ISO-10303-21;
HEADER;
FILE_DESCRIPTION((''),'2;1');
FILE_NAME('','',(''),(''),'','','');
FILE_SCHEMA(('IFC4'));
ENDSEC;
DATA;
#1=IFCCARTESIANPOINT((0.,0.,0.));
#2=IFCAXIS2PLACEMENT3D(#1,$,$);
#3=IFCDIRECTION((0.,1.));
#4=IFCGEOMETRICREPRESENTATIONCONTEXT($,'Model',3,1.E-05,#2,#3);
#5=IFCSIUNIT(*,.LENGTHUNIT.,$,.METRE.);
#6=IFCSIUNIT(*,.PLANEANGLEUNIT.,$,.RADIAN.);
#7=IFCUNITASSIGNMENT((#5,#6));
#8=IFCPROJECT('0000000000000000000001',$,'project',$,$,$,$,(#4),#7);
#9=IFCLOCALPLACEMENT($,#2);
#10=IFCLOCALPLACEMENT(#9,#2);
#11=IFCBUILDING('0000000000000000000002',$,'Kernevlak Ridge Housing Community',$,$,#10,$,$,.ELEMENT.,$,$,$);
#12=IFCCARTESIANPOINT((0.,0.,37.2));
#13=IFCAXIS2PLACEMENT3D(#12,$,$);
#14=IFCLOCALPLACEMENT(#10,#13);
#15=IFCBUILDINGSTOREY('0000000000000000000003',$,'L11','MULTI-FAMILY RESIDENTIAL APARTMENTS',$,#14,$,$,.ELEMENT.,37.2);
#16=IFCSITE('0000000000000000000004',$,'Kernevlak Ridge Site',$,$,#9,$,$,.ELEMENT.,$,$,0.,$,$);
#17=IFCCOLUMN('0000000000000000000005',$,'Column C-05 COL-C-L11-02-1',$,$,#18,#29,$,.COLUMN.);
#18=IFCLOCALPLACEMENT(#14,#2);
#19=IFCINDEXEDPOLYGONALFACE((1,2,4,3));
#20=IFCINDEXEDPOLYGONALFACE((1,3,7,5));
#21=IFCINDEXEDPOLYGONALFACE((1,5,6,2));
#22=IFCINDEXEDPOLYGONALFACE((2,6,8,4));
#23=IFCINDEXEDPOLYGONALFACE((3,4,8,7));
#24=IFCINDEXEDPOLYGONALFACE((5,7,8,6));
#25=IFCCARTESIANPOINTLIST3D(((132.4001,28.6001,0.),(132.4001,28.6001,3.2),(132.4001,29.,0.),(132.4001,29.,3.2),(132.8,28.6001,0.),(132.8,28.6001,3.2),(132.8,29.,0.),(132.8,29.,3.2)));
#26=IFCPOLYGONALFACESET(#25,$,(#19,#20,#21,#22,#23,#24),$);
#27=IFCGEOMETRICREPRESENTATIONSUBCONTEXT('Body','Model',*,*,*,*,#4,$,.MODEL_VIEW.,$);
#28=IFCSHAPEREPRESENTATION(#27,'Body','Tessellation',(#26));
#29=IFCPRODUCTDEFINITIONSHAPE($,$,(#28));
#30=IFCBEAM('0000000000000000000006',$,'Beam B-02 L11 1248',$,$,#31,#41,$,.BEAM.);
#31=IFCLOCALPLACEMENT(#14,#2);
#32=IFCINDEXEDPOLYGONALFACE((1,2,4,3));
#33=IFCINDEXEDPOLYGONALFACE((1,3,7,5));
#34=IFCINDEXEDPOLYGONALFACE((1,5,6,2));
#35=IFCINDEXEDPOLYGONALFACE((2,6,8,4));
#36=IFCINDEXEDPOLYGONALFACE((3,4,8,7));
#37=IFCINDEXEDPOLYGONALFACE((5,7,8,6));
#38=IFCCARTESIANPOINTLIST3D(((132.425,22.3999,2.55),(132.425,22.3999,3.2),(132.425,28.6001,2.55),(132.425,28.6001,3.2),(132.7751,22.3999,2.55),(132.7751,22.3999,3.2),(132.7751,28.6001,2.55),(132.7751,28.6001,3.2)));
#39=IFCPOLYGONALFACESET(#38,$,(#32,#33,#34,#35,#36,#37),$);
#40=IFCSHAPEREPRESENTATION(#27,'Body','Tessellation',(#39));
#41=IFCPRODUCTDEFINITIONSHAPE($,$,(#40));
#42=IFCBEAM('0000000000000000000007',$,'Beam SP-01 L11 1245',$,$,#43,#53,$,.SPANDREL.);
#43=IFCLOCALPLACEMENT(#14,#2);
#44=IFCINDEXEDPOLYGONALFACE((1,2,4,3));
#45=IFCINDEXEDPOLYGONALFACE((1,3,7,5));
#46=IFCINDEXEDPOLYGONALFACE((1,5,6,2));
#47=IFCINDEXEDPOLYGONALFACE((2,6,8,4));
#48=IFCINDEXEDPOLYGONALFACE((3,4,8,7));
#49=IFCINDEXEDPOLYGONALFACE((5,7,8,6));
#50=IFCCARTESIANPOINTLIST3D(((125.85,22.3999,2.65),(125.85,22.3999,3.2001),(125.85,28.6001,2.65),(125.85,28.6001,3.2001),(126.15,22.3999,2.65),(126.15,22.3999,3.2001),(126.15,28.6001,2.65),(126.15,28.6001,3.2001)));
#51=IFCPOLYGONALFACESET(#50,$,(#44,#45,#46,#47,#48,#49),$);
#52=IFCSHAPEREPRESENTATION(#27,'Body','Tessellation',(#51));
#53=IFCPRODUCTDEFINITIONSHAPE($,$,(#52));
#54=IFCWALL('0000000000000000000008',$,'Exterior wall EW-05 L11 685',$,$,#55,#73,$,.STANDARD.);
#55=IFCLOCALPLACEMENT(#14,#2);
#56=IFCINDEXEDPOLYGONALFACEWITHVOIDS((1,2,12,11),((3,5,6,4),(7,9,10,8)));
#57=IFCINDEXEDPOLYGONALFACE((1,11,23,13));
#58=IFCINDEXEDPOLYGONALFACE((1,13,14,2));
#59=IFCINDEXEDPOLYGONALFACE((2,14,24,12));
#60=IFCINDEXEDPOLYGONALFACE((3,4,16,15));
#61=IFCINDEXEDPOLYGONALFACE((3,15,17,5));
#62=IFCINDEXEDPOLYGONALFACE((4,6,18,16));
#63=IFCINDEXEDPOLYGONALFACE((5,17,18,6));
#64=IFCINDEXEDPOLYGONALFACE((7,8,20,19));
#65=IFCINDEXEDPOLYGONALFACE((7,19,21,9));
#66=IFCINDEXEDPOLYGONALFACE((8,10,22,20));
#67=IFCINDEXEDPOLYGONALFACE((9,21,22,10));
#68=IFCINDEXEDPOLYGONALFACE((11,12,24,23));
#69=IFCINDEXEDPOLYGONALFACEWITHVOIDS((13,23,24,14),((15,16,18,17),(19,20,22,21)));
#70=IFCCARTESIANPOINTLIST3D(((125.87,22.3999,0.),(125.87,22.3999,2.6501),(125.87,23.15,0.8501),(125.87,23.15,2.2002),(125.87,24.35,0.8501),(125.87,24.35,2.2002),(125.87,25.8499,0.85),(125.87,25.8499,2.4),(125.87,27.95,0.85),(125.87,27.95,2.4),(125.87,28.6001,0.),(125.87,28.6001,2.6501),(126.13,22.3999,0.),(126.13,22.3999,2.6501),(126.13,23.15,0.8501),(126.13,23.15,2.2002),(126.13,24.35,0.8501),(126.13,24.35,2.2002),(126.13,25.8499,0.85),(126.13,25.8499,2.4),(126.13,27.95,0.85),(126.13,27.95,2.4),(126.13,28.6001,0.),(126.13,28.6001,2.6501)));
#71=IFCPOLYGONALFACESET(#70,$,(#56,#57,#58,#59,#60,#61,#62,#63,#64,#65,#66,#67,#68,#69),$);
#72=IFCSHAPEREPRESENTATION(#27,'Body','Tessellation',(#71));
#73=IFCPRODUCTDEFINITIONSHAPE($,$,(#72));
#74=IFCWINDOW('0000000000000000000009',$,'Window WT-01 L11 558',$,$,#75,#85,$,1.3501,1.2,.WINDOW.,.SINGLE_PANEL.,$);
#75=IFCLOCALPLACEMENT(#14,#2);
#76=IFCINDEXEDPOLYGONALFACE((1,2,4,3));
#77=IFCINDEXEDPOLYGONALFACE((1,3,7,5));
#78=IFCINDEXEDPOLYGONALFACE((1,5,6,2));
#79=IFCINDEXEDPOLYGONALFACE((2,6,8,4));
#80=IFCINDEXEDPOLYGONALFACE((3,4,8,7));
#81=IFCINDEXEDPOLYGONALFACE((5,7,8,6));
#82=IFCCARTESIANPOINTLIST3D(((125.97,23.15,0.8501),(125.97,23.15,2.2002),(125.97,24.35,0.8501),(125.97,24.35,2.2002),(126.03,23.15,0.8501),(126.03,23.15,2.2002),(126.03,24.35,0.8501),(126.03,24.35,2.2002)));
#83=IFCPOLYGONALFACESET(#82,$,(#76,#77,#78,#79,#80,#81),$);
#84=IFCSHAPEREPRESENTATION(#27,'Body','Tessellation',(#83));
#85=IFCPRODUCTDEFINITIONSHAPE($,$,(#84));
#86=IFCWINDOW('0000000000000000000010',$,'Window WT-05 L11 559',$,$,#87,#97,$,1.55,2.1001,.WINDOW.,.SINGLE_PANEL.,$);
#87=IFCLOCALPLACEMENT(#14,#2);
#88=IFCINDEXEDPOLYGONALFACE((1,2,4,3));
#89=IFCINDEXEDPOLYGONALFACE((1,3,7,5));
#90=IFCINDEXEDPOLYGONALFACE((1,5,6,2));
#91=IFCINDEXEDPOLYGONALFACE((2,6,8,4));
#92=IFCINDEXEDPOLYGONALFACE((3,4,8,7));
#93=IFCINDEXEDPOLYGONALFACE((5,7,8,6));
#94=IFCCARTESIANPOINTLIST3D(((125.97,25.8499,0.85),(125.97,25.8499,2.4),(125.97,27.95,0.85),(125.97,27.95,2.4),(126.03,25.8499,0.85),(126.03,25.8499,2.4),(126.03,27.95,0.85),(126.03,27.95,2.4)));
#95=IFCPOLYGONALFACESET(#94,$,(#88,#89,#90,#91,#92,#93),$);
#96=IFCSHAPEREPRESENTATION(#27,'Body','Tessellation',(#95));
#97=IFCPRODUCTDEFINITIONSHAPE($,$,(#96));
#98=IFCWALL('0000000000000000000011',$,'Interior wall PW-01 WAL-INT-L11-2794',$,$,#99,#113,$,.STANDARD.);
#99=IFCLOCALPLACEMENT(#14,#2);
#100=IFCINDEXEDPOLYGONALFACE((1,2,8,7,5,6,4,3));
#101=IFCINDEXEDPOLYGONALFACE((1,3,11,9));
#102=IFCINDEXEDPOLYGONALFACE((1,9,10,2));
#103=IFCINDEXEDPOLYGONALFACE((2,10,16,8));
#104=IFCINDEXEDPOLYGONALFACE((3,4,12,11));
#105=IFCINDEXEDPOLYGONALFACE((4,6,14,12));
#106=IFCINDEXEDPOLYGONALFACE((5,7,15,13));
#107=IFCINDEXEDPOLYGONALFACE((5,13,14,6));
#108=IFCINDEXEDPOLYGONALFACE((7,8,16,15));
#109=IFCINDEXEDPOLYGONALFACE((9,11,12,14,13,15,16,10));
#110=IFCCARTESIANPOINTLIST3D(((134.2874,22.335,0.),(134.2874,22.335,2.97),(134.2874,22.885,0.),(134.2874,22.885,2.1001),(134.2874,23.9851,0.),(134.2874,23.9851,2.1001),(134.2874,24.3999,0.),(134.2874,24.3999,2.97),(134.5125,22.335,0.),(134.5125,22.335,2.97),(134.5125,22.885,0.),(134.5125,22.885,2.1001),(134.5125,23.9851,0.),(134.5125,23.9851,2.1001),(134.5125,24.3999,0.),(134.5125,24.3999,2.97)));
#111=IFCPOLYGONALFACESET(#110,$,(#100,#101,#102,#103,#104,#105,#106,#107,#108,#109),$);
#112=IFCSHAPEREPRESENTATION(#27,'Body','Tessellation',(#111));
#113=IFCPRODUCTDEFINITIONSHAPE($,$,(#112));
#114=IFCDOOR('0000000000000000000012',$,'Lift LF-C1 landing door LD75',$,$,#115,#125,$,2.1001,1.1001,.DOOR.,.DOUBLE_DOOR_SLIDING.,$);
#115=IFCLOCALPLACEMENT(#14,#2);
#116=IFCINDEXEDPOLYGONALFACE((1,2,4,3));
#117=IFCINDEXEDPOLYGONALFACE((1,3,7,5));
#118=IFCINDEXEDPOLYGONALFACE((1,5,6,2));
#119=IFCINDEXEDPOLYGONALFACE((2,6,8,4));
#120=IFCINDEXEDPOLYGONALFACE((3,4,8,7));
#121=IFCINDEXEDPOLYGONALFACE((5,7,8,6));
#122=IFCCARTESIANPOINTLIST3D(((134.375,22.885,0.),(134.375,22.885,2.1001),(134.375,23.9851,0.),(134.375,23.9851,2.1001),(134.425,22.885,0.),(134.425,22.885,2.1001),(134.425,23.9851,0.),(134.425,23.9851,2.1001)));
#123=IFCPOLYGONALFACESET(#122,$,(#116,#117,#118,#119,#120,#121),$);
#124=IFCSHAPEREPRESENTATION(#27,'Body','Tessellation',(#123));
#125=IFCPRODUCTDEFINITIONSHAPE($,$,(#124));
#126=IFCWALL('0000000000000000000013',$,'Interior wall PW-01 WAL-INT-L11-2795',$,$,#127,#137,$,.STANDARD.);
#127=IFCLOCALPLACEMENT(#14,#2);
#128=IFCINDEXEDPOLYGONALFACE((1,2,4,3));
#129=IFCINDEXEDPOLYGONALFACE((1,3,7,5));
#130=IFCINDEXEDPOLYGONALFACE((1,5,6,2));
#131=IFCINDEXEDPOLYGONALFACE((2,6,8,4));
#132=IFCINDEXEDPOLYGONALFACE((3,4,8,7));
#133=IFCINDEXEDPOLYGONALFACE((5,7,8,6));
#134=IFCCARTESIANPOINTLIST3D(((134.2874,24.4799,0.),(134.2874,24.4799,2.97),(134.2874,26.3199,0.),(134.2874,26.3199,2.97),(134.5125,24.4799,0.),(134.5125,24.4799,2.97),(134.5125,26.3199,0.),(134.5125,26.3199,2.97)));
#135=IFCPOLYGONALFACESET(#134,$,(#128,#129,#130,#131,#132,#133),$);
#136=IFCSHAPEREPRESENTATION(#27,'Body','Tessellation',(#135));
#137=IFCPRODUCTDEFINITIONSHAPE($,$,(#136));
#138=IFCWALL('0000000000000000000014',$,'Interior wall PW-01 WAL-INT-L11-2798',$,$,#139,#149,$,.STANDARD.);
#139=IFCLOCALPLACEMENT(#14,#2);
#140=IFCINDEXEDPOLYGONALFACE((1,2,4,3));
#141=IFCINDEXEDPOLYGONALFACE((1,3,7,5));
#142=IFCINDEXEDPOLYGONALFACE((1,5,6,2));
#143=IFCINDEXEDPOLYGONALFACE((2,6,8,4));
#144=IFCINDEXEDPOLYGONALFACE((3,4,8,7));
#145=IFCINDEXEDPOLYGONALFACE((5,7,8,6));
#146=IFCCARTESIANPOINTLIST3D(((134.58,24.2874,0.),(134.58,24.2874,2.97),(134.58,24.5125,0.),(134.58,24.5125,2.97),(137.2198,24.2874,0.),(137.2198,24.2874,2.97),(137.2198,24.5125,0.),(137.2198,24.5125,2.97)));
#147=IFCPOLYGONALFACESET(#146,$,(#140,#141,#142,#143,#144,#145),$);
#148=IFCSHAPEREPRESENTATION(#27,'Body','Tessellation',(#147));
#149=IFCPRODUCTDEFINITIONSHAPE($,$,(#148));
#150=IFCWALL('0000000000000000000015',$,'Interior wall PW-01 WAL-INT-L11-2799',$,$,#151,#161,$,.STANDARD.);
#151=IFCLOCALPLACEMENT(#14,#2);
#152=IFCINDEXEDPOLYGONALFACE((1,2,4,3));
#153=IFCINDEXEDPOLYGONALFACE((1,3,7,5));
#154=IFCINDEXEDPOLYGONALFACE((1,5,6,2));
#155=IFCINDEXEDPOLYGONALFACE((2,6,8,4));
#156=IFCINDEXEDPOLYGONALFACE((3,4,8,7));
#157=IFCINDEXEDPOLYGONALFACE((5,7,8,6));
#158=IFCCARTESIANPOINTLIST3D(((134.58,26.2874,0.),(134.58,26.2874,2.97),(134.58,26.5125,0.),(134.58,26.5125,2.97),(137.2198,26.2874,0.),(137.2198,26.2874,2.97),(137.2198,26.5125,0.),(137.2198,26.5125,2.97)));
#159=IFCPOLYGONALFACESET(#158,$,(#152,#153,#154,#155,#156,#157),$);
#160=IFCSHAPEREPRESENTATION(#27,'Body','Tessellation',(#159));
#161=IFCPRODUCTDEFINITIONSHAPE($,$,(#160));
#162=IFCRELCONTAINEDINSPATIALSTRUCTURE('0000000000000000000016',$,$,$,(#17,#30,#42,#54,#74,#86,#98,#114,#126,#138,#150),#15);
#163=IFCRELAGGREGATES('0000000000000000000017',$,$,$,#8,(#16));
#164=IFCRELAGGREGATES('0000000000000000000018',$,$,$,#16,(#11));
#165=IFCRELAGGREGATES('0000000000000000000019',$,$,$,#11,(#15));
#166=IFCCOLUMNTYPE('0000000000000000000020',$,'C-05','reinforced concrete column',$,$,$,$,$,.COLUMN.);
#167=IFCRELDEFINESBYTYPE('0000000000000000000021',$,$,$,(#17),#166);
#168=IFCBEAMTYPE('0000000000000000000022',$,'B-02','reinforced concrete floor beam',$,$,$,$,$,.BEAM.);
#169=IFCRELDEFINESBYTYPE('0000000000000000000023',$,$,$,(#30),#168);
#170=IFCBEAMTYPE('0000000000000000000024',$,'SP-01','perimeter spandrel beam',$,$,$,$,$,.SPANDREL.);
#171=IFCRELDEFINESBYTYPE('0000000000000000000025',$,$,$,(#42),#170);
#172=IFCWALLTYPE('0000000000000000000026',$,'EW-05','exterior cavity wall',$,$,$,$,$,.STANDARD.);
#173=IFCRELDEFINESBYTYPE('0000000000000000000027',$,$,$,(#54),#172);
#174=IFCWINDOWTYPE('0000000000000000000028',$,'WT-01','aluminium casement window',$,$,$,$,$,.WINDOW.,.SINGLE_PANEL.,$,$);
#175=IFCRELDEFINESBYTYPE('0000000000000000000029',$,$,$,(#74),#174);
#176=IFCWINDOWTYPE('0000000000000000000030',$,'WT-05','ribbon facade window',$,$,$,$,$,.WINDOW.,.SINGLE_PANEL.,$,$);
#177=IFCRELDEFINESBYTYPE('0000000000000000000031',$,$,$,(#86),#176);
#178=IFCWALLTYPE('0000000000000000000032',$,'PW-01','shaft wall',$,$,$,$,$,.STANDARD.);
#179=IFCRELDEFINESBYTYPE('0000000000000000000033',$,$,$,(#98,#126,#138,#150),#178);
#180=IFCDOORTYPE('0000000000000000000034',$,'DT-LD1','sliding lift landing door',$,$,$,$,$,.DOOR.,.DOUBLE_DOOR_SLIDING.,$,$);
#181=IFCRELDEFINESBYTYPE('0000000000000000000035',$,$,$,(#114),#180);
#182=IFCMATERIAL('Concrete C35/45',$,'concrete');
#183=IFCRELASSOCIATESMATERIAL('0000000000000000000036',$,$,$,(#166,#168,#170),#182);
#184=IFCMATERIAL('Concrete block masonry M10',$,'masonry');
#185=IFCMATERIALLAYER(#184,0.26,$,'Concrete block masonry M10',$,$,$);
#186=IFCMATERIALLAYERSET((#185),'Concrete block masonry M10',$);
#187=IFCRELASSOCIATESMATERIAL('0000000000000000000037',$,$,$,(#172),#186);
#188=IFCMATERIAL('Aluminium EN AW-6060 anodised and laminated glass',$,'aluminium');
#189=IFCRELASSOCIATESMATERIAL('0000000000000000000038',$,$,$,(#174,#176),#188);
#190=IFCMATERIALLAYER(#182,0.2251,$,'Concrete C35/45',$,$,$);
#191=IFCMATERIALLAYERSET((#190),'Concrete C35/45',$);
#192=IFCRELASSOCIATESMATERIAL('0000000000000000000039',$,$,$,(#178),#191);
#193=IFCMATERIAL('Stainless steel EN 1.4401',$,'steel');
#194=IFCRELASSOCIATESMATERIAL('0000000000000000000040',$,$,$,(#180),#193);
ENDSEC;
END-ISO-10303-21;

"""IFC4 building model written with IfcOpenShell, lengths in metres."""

from ifc_helpers import new_model, si_unit, direction, frame, frame_2d, origin, origin_2d, place, context, subcontext, project, spatial, rectangle, extrude, material, layer, layer_set, material_profile, profile_set, type_object, element, fill, save


model = new_model("IFC4")

# Units and contexts
model_context = context("Model", 3, precision=1e-05, world=origin(), true_north=direction((0.0, 1.0)))
body_context = subcontext(model_context, "Body", "Model", "MODEL_VIEW")
ifc_project = project(units=[si_unit("LENGTHUNIT", "METRE"), si_unit("PLANEANGLEUNIT", "RADIAN")], contexts=[model_context])

# Site, building, storey
site_placement = place(None, origin())
site = spatial("IfcSite", under=ifc_project, at=site_placement, Name="Kernevlak Ridge Site", CompositionType="ELEMENT", RefElevation=0.0)
building_placement = place(site_placement, origin())
building = spatial("IfcBuilding", under=site, at=building_placement, Name="Kernevlak Ridge Housing Community", CompositionType="ELEMENT")
storey_placement = place(building_placement, frame((0.0, 0.0, 37.2)))
storey = spatial("IfcBuildingStorey", under=building, at=storey_placement, Name="L11", Description="MULTI-FAMILY RESIDENTIAL APARTMENTS", CompositionType="ELEMENT", Elevation=37.2)

# Column
ifc_material_1 = material(Name="Concrete C35/45", Category="concrete")
ifc_material_profile_1 = material_profile(ifc_material_1, rectangle(XDim=0.3999, YDim=0.3999, at=origin_2d()), Name="RC 400x400")
ifc_profile_set_1 = profile_set([ifc_material_profile_1], Name="Concrete C35/45")
column_type = type_object("IfcColumnType", Name="C-05", Description="reinforced concrete column", PredefinedType="COLUMN", material=ifc_profile_set_1)
column_placement = place(storey_placement, frame((132.6001, 28.8, 0.0), z_axis=(0.0, 0.0, 1.0), x_axis=(1.0, 0.0, 0.0)))
element("IfcColumn", 1, at=column_placement, inside=storey, type_object=column_type, Name="Column C-05 COL-C-L11-02-1", PredefinedType="COLUMN", context=body_context, shape_type="SweptSolid", body=[
    extrude(rectangle(XDim=0.3999, YDim=0.3999, at=origin_2d()), origin(), (0.0, 0.0, 1.0), 3.2),
])

# Beams
ifc_material_profile_2 = material_profile(ifc_material_1, rectangle(XDim=0.3501, YDim=0.6499, at=origin_2d()), Name="RC 350x650")
ifc_profile_set_2 = profile_set([ifc_material_profile_2], Name="Concrete C35/45")
beam_type_1 = type_object("IfcBeamType", Name="B-02", Description="reinforced concrete floor beam", PredefinedType="BEAM", material=ifc_profile_set_2)
beam_1_placement = place(storey_placement, frame((132.6001, 22.3999, 2.875), z_axis=(0.0, 1.0, 0.0), x_axis=(-1.0, 0.0, 0.0)))
element("IfcBeam", 2, at=beam_1_placement, inside=storey, type_object=beam_type_1, Name="Beam B-02 L11 1248", PredefinedType="BEAM", context=body_context, shape_type="SweptSolid", body=[
    extrude(rectangle(XDim=0.3501, YDim=0.6499, at=origin_2d()), origin(), (0.0, 0.0, 1.0), 6.2002),
])
ifc_material_profile_3 = material_profile(ifc_material_1, rectangle(XDim=0.3, YDim=0.55, at=origin_2d()), Name="RC 300x550")
ifc_profile_set_3 = profile_set([ifc_material_profile_3], Name="Concrete C35/45")
beam_type_2 = type_object("IfcBeamType", Name="SP-01", Description="perimeter spandrel beam", PredefinedType="SPANDREL", material=ifc_profile_set_3)
beam_2_placement = place(storey_placement, frame((126.0, 22.3999, 2.925), z_axis=(0.0, 1.0, 0.0), x_axis=(-1.0, 0.0, 0.0)))
element("IfcBeam", 3, at=beam_2_placement, inside=storey, type_object=beam_type_2, Name="Beam SP-01 L11 1245", PredefinedType="SPANDREL", context=body_context, shape_type="SweptSolid", body=[
    extrude(rectangle(XDim=0.3, YDim=0.55, at=origin_2d()), origin(), (0.0, 0.0, 1.0), 6.2002),
])

# Wall, openings, windows
ifc_material_2 = material(Name="Concrete block masonry M10", Category="masonry")
ifc_layer_1 = layer(ifc_material_2, 0.26, Name="Concrete block masonry M10")
ifc_layer_set_1 = layer_set([ifc_layer_1], Name="Concrete block masonry M10")
wall_type_1 = type_object("IfcWallType", Name="EW-05", Description="exterior cavity wall", PredefinedType="STANDARD", material=ifc_layer_set_1)
wall_1_placement = place(storey_placement, frame((126.0, 22.3999, 0.0), z_axis=(0.0, 0.0, 1.0), x_axis=(0.0, 1.0, 0.0)))
wall_1 = element("IfcWall", 4, at=wall_1_placement, inside=storey, type_object=wall_type_1, Name="Exterior wall EW-05 L11 685", PredefinedType="STANDARD", context=body_context, shape_type="SweptSolid", body=[
    extrude(rectangle(XDim=6.2002, YDim=0.26, at=frame_2d((3.1001, 0.0))), origin(), (0.0, 0.0, 1.0), 2.6501),
])
opening_1_placement = place(wall_1_placement, frame((0.75, 0.0, 0.8501)))
opening_1 = element("IfcOpeningElement", 5, at=opening_1_placement, cuts=wall_1, PredefinedType="OPENING", context=body_context, shape_type="SweptSolid", body=[
    extrude(rectangle(XDim=1.2, YDim=1.3501, at=frame_2d((0.6001, 0.675))), frame((0.0, 0.1399, 0.0), z_axis=(0.0, -1.0, 0.0), x_axis=(1.0, 0.0, 0.0)), (0.0, 0.0, 1.0), 0.28),
])
opening_2_placement = place(wall_1_placement, frame((3.45, 0.0, 0.8501)))
opening_2 = element("IfcOpeningElement", 6, at=opening_2_placement, cuts=wall_1, PredefinedType="OPENING", context=body_context, shape_type="SweptSolid", body=[
    extrude(rectangle(XDim=2.1001, YDim=1.55, at=frame_2d((1.05, 0.7749))), frame((0.0, 0.1399, 0.0), z_axis=(0.0, -1.0, 0.0), x_axis=(1.0, 0.0, 0.0)), (0.0, 0.0, 1.0), 0.28),
])
ifc_material_3 = material(Name="Aluminium EN AW-6060 anodised and laminated glass", Category="aluminium")
window_type_1 = type_object("IfcWindowType", Name="WT-01", Description="aluminium casement window", PartitioningType="SINGLE_PANEL", PredefinedType="WINDOW", material=ifc_material_3)
window_1_placement = place(opening_1_placement, origin())
window_1 = element("IfcWindow", 7, at=window_1_placement, inside=storey, type_object=window_type_1, Name="Window WT-01 L11 558", OverallHeight=1.3501, OverallWidth=1.2, PartitioningType="SINGLE_PANEL", PredefinedType="WINDOW", context=body_context, shape_type="SweptSolid", body=[
    extrude(rectangle(XDim=1.2, YDim=1.3501, at=frame_2d((0.6001, 0.675))), frame((0.0, 0.03, 0.0), z_axis=(0.0, -1.0, 0.0), x_axis=(1.0, 0.0, 0.0)), (0.0, 0.0, 1.0), 0.0601),
])
fill(opening_1, window_1)
window_type_2 = type_object("IfcWindowType", Name="WT-05", Description="ribbon facade window", PartitioningType="SINGLE_PANEL", PredefinedType="WINDOW", material=ifc_material_3)
window_2_placement = place(opening_2_placement, origin())
window_2 = element("IfcWindow", 8, at=window_2_placement, inside=storey, type_object=window_type_2, Name="Window WT-05 L11 559", OverallHeight=1.55, OverallWidth=2.1001, PartitioningType="SINGLE_PANEL", PredefinedType="WINDOW", context=body_context, shape_type="SweptSolid", body=[
    extrude(rectangle(XDim=2.1001, YDim=1.55, at=frame_2d((1.05, 0.7749))), frame((0.0, 0.03, 0.0), z_axis=(0.0, -1.0, 0.0), x_axis=(1.0, 0.0, 0.0)), (0.0, 0.0, 1.0), 0.0601),
])
fill(opening_2, window_2)

# Wall, opening, door
ifc_layer_2 = layer(ifc_material_1, 0.2251, Name="Concrete C35/45")
ifc_layer_set_2 = layer_set([ifc_layer_2], Name="Concrete C35/45")
wall_type_2 = type_object("IfcWallType", Name="PW-01", Description="shaft wall", PredefinedType="STANDARD", material=ifc_layer_set_2)
wall_2_placement = place(storey_placement, frame((134.3999, 22.335, 0.0), z_axis=(0.0, 0.0, 1.0), x_axis=(0.0, 1.0, 0.0)))
wall_2 = element("IfcWall", 9, at=wall_2_placement, inside=storey, type_object=wall_type_2, Name="Interior wall PW-01 WAL-INT-L11-2794", PredefinedType="STANDARD", context=body_context, shape_type="SweptSolid", body=[
    extrude(rectangle(XDim=2.0649, YDim=0.2251, at=frame_2d((1.0325, 0.0))), origin(), (0.0, 0.0, 1.0), 2.97),
])
opening_3_placement = place(wall_2_placement, frame((0.55, 0.0, 0.0)))
opening_3 = element("IfcOpeningElement", 10, at=opening_3_placement, cuts=wall_2, PredefinedType="OPENING", context=body_context, shape_type="SweptSolid", body=[
    extrude(rectangle(XDim=1.1001, YDim=2.1001, at=frame_2d((0.55, 1.05))), frame((0.0, 0.1226, 0.0), z_axis=(0.0, -1.0, 0.0), x_axis=(1.0, 0.0, 0.0)), (0.0, 0.0, 1.0), 0.2451),
])
ifc_material_4 = material(Name="Stainless steel EN 1.4401", Category="steel")
door_type_1 = type_object("IfcDoorType", Name="DT-LD1", Description="sliding lift landing door", OperationType="DOUBLE_DOOR_SLIDING", PredefinedType="DOOR", material=ifc_material_4)
door_1_placement = place(opening_3_placement, origin())
door_1 = element("IfcDoor", 11, at=door_1_placement, inside=storey, type_object=door_type_1, Name="Lift LF-C1 landing door LD75", OperationType="DOUBLE_DOOR_SLIDING", OverallHeight=2.1001, OverallWidth=1.1001, PredefinedType="DOOR", context=body_context, shape_type="SweptSolid", body=[
    extrude(rectangle(XDim=1.1001, YDim=2.1001, at=frame_2d((0.55, 1.05))), frame((0.0, 0.0249, 0.0), z_axis=(0.0, -1.0, 0.0), x_axis=(1.0, 0.0, 0.0)), (0.0, 0.0, 1.0), 0.05),
])
fill(opening_3, door_1)

# Walls
wall_3_placement = place(storey_placement, frame((134.3999, 24.48, 0.0), z_axis=(0.0, 0.0, 1.0), x_axis=(0.0, 1.0, 0.0)))
element("IfcWall", 12, at=wall_3_placement, inside=storey, type_object=wall_type_2, Name="Interior wall PW-01 WAL-INT-L11-2795", PredefinedType="STANDARD", context=body_context, shape_type="SweptSolid", body=[
    extrude(rectangle(XDim=1.8401, YDim=0.2251, at=frame_2d((0.9199, 0.0))), origin(), (0.0, 0.0, 1.0), 2.97),
])
for number, where, z_axis, x_axis, name in (
    (13, (134.5801, 24.3999, 0.0), (0.0, 0.0, 1.0), (1.0, 0.0, 0.0), "Interior wall PW-01 WAL-INT-L11-2798"),
    (14, (134.5801, 26.3999, 0.0), (0.0, 0.0, 1.0), (1.0, 0.0, 0.0), "Interior wall PW-01 WAL-INT-L11-2799"),
):
    element("IfcWall", number, at=place(storey_placement, frame(where, z_axis=z_axis, x_axis=x_axis)), inside=storey, type_object=wall_type_2, Name=name, PredefinedType="STANDARD", context=body_context, shape_type="SweptSolid", body=[
        extrude(rectangle(XDim=2.6399, YDim=0.2251, at=frame_2d((1.3198, 0.0))), origin(), (0.0, 0.0, 1.0), 2.97),
    ])

save(model, "model.ifc")
